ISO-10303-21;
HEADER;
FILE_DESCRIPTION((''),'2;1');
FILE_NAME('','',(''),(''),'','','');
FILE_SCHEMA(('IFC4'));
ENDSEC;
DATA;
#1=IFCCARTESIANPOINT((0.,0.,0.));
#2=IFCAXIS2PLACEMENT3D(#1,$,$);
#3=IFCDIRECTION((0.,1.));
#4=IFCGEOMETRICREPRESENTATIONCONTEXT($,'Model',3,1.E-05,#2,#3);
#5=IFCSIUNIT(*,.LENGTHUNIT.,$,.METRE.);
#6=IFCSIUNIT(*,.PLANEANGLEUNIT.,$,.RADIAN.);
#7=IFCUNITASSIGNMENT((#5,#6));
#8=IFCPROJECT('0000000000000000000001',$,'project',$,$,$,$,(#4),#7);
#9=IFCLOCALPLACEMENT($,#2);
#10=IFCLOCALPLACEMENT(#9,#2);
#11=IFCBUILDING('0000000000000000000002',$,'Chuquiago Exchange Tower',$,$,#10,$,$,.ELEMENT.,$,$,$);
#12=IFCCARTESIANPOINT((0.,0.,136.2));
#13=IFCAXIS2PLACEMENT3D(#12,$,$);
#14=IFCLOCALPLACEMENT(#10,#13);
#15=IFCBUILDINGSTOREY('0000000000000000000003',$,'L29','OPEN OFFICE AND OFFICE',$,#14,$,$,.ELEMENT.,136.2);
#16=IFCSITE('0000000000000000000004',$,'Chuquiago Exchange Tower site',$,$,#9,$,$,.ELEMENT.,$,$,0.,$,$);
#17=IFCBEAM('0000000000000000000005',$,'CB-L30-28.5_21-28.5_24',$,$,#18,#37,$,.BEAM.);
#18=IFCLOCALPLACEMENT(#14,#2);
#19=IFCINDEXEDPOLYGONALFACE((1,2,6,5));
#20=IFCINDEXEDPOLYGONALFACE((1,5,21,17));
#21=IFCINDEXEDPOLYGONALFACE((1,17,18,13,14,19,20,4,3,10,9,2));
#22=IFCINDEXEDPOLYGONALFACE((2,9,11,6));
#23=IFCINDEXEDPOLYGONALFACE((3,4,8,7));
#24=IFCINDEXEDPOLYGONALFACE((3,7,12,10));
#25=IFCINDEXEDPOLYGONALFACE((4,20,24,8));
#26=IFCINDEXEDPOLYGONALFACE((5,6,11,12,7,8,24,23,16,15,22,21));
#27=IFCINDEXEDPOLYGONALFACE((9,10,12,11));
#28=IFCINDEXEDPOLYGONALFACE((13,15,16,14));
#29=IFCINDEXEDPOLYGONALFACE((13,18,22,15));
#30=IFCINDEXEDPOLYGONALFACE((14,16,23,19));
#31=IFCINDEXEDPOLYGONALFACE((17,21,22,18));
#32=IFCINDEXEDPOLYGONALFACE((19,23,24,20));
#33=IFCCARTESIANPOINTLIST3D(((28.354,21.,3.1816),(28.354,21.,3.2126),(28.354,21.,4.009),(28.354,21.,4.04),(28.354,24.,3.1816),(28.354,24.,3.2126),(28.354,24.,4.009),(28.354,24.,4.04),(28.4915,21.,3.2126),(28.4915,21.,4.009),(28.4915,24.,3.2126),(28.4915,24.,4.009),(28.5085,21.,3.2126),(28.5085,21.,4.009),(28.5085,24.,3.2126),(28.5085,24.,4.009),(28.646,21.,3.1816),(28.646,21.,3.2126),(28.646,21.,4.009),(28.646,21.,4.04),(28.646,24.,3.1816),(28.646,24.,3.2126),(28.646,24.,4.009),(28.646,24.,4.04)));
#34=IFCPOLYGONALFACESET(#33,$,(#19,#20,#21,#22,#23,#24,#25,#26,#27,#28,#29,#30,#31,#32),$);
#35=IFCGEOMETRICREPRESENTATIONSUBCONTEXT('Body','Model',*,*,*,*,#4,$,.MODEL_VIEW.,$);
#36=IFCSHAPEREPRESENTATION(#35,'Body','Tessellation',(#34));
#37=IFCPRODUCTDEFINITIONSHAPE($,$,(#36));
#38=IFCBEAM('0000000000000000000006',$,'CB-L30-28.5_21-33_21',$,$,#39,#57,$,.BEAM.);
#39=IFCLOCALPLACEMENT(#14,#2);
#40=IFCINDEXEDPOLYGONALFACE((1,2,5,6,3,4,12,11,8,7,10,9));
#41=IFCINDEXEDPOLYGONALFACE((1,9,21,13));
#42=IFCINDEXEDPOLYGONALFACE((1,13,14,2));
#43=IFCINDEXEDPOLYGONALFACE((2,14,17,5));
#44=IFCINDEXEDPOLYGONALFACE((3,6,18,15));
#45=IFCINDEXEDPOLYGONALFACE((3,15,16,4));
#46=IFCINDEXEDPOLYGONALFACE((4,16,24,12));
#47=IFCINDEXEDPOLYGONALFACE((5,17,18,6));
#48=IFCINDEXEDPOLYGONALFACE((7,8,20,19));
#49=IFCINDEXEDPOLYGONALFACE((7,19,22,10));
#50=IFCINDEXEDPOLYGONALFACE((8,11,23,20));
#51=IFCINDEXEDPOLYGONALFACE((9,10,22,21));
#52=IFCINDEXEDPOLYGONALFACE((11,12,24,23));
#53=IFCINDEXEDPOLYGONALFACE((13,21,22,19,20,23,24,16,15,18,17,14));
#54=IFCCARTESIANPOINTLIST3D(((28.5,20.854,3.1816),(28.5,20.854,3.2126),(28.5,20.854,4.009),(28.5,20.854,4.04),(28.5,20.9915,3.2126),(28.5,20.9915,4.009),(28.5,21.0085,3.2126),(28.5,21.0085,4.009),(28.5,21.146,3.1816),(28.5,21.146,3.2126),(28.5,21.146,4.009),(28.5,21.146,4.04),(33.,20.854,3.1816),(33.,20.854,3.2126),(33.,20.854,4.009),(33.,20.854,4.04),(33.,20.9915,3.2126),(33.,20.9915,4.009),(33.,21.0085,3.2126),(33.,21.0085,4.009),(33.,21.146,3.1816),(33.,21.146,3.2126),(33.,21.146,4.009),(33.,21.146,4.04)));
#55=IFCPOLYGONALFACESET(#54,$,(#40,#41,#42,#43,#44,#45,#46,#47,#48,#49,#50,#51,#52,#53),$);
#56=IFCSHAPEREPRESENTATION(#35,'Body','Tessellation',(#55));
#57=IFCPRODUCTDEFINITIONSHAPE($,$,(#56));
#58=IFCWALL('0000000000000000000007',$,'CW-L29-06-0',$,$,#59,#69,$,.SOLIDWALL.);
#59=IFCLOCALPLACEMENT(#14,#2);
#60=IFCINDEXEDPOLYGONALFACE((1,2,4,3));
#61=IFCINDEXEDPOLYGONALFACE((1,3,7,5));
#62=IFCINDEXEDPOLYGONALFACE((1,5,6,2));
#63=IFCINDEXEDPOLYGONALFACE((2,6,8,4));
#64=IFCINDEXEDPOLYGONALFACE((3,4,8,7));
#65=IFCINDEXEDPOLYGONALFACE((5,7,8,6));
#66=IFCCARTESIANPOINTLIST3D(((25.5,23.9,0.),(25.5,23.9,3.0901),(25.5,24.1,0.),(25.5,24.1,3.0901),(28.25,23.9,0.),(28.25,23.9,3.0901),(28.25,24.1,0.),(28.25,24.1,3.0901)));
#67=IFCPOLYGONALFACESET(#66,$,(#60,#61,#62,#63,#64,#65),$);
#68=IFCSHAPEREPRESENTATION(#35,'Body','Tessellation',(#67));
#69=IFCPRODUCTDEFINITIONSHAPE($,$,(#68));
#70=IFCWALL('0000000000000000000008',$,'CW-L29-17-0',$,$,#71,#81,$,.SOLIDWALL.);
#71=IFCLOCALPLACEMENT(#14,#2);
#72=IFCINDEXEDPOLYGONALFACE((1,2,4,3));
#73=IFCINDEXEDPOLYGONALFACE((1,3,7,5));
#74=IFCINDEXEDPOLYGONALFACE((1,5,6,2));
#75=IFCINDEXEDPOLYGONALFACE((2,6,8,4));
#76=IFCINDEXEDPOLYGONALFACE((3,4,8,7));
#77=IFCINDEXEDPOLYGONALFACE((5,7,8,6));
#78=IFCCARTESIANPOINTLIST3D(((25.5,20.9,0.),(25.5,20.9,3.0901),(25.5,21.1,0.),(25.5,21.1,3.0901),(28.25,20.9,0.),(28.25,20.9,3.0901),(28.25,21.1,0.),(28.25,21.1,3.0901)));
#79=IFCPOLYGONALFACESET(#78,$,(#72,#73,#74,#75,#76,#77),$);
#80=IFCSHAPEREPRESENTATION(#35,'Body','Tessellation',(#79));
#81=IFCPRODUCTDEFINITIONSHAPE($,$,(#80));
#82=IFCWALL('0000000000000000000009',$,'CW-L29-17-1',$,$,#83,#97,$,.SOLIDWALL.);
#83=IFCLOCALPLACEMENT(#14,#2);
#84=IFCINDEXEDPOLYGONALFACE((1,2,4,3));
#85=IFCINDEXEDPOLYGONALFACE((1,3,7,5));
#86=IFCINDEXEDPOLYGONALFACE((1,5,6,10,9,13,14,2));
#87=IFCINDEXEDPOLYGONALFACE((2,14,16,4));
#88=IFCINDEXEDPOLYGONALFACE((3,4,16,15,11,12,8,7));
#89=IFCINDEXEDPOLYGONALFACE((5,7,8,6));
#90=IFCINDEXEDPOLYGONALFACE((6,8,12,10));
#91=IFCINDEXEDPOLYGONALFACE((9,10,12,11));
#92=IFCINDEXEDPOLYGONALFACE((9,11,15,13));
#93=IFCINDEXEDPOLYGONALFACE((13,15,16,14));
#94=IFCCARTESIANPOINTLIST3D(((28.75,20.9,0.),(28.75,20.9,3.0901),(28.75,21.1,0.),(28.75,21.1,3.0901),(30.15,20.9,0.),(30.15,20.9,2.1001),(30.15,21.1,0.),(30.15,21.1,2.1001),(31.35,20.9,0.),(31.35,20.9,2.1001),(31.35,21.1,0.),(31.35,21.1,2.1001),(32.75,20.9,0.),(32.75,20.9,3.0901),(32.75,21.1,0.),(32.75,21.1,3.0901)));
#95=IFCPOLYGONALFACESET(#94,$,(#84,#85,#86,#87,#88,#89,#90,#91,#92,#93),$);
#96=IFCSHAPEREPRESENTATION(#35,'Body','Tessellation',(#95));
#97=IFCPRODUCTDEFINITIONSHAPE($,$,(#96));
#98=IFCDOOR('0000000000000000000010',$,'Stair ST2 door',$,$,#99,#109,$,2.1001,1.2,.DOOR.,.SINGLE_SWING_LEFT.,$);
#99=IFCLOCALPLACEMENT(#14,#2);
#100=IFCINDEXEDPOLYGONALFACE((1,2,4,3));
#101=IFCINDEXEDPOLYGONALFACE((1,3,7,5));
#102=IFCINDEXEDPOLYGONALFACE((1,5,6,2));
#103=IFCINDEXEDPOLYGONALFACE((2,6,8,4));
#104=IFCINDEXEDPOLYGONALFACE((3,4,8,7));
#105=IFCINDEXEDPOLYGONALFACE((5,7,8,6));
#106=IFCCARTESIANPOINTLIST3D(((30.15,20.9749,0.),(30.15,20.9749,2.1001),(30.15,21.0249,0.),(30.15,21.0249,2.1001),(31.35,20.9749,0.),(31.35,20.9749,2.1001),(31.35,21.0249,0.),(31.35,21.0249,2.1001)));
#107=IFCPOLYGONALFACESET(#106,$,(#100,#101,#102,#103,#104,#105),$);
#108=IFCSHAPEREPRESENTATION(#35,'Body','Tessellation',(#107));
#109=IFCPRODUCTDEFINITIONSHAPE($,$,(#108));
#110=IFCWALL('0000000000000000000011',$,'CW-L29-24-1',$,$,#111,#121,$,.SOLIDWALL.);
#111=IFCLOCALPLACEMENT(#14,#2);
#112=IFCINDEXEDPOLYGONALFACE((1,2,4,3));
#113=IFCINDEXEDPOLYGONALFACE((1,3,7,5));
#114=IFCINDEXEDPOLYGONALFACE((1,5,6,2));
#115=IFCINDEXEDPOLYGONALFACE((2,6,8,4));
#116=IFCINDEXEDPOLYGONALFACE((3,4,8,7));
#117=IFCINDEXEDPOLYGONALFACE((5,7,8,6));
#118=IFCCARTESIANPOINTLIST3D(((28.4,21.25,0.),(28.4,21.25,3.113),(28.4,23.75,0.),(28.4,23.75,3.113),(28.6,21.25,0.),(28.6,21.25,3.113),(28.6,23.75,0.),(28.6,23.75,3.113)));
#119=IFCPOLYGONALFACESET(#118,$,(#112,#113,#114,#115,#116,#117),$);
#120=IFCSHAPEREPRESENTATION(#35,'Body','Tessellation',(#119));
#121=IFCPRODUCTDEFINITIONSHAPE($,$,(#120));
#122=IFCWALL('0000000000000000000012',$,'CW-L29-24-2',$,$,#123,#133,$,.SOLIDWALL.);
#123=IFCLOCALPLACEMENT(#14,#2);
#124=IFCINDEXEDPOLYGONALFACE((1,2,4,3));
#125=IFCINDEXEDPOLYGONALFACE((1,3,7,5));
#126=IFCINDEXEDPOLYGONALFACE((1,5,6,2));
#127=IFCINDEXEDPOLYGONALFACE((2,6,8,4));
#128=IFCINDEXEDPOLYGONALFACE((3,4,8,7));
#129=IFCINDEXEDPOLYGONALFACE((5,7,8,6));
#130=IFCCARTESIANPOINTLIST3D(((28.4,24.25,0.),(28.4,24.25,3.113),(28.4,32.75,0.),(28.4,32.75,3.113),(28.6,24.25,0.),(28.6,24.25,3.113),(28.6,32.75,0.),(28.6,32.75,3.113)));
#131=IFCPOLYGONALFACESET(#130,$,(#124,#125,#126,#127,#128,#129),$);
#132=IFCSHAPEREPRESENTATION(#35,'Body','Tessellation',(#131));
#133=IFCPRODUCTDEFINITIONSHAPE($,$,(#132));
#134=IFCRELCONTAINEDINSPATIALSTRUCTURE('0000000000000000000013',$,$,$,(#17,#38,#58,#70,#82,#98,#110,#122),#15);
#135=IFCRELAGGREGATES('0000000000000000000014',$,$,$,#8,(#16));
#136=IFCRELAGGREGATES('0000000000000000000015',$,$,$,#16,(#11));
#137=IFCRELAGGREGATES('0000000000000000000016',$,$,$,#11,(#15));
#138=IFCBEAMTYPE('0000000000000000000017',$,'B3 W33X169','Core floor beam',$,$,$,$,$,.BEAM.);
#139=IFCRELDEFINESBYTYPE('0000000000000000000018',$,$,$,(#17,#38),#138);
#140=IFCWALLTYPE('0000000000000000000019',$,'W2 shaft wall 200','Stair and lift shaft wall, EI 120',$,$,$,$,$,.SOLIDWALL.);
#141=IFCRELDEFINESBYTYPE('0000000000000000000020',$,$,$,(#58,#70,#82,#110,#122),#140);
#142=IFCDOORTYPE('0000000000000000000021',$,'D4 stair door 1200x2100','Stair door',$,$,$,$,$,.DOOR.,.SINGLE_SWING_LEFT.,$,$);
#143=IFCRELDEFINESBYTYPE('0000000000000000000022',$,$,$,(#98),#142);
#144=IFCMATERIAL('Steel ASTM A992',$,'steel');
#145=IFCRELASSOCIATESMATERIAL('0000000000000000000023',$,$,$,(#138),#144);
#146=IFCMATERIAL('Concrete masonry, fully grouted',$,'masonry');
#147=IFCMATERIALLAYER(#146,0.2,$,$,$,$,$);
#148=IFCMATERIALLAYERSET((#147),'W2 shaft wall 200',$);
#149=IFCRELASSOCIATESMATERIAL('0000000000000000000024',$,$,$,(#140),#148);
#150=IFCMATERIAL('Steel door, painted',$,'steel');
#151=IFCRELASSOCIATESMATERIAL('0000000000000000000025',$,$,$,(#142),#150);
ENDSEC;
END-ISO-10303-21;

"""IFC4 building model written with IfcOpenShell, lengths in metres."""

from ifc_helpers import new_model, si_unit, direction, frame, frame_2d, origin, origin_2d, place, context, subcontext, project, spatial, rectangle, i_section, extrude, material, layer, layer_set, material_profile, profile_set, type_object, element, fill, save


model = new_model("IFC4")

# Units and contexts
model_context = context("Model", 3, precision=1e-05, world=origin(), true_north=direction((0.0, 1.0)))
body_context = subcontext(model_context, "Body", "Model", "MODEL_VIEW")
ifc_project = project(units=[si_unit("LENGTHUNIT", "METRE"), si_unit("PLANEANGLEUNIT", "RADIAN")], contexts=[model_context])

# Site, building, storey
site_placement = place(None, origin())
site = spatial("IfcSite", under=ifc_project, at=site_placement, Name="Chuquiago Exchange Tower site", CompositionType="ELEMENT", RefElevation=0.0)
building_placement = place(site_placement, origin())
building = spatial("IfcBuilding", under=site, at=building_placement, Name="Chuquiago Exchange Tower", CompositionType="ELEMENT")
storey_placement = place(building_placement, frame((0.0, 0.0, 136.2)))
storey = spatial("IfcBuildingStorey", under=building, at=storey_placement, Name="L29", Description="OPEN OFFICE AND OFFICE", CompositionType="ELEMENT", Elevation=136.2)

# Beams
ifc_material_1 = material(Name="Steel ASTM A992", Category="steel")
ifc_material_profile_1 = material_profile(ifc_material_1, i_section(OverallWidth=0.292, OverallDepth=0.8584, WebThickness=0.0171, FlangeThickness=0.031, at=origin_2d()), Name="W33X169")
ifc_profile_set_1 = profile_set([ifc_material_profile_1], Name="Steel ASTM A992")
beam_type_1 = type_object("IfcBeamType", Name="B3 W33X169", Description="Core floor beam", PredefinedType="BEAM", material=ifc_profile_set_1)
beam_1_placement = place(storey_placement, frame((28.5, 21.0, 3.6108), z_axis=(0.0, 1.0, 0.0), x_axis=(-1.0, 0.0, 0.0)))
element("IfcBeam", 1, at=beam_1_placement, inside=storey, type_object=beam_type_1, Name="CB-L30-28.5_21-28.5_24", PredefinedType="BEAM", context=body_context, shape_type="SweptSolid", body=[
    extrude(i_section(OverallWidth=0.292, OverallDepth=0.8584, WebThickness=0.0171, FlangeThickness=0.031, at=origin_2d()), origin(), (0.0, 0.0, 1.0), 3.0),
])
beam_2_placement = place(storey_placement, frame((28.5, 21.0, 3.6108), z_axis=(1.0, 0.0, 0.0), x_axis=(0.0, 1.0, 0.0)))
element("IfcBeam", 2, at=beam_2_placement, inside=storey, type_object=beam_type_1, Name="CB-L30-28.5_21-33_21", PredefinedType="BEAM", context=body_context, shape_type="SweptSolid", body=[
    extrude(i_section(OverallWidth=0.292, OverallDepth=0.8584, WebThickness=0.0171, FlangeThickness=0.031, at=origin_2d()), origin(), (0.0, 0.0, 1.0), 4.5),
])

# Walls
ifc_material_2 = material(Name="Concrete masonry, fully grouted", Category="masonry")
ifc_layer = layer(ifc_material_2, 0.2)
ifc_layer_set = layer_set([ifc_layer], Name="W2 shaft wall 200")
wall_type = type_object("IfcWallType", Name="W2 shaft wall 200", Description="Stair and lift shaft wall, EI 120", PredefinedType="SOLIDWALL", material=ifc_layer_set)
for number, where, z_axis, x_axis, name in (
    (3, (25.5, 24.0, 0.0), (0.0, 0.0, 1.0), (1.0, 0.0, 0.0), "CW-L29-06-0"),
    (4, (25.5, 21.0, 0.0), (0.0, 0.0, 1.0), (1.0, 0.0, 0.0), "CW-L29-17-0"),
):
    element("IfcWall", number, at=place(storey_placement, frame(where, z_axis=z_axis, x_axis=x_axis)), inside=storey, type_object=wall_type, Name=name, PredefinedType="SOLIDWALL", context=body_context, shape_type="SweptSolid", body=[
        extrude(rectangle(XDim=2.75, YDim=0.2, at=frame_2d((1.375, 0.0))), origin(), (0.0, 0.0, 1.0), 3.0901),
    ])

# Wall, opening, door
wall_1_placement = place(storey_placement, frame((28.75, 21.0, 0.0), z_axis=(0.0, 0.0, 1.0), x_axis=(1.0, 0.0, 0.0)))
wall_1 = element("IfcWall", 5, at=wall_1_placement, inside=storey, type_object=wall_type, Name="CW-L29-17-1", PredefinedType="SOLIDWALL", context=body_context, shape_type="SweptSolid", body=[
    extrude(rectangle(XDim=4.0, YDim=0.2, at=frame_2d((2.0, 0.0))), origin(), (0.0, 0.0, 1.0), 3.0901),
])
opening_placement = place(wall_1_placement, frame((1.3999, 0.0, 0.0)))
opening = element("IfcOpeningElement", 6, at=opening_placement, cuts=wall_1, PredefinedType="OPENING", context=body_context, shape_type="SweptSolid", body=[
    extrude(rectangle(XDim=1.2, YDim=2.1001, at=frame_2d((0.6001, 1.05))), frame((0.0, 0.1099, 0.0), z_axis=(0.0, -1.0, 0.0), x_axis=(1.0, 0.0, 0.0)), (0.0, 0.0, 1.0), 0.22),
])
ifc_material_3 = material(Name="Steel door, painted", Category="steel")
door_type = type_object("IfcDoorType", Name="D4 stair door 1200x2100", Description="Stair door", OperationType="SINGLE_SWING_LEFT", PredefinedType="DOOR", material=ifc_material_3)
door_placement = place(opening_placement, origin())
door = element("IfcDoor", 7, at=door_placement, inside=storey, type_object=door_type, Name="Stair ST2 door", OperationType="SINGLE_SWING_LEFT", OverallHeight=2.1001, OverallWidth=1.2, PredefinedType="DOOR", context=body_context, shape_type="SweptSolid", body=[
    extrude(rectangle(XDim=1.2, YDim=2.1001, at=frame_2d((0.6001, 1.05))), frame((0.0, 0.0249, 0.0), z_axis=(0.0, -1.0, 0.0), x_axis=(1.0, 0.0, 0.0)), (0.0, 0.0, 1.0), 0.05),
])
fill(opening, door)

# Walls
wall_2_placement = place(storey_placement, frame((28.5, 21.25, 0.0), z_axis=(0.0, 0.0, 1.0), x_axis=(0.0, 1.0, 0.0)))
element("IfcWall", 8, at=wall_2_placement, inside=storey, type_object=wall_type, Name="CW-L29-24-1", PredefinedType="SOLIDWALL", context=body_context, shape_type="SweptSolid", body=[
    extrude(rectangle(XDim=2.5, YDim=0.2, at=frame_2d((1.25, 0.0))), origin(), (0.0, 0.0, 1.0), 3.113),
])
wall_3_placement = place(storey_placement, frame((28.5, 24.25, 0.0), z_axis=(0.0, 0.0, 1.0), x_axis=(0.0, 1.0, 0.0)))
element("IfcWall", 9, at=wall_3_placement, inside=storey, type_object=wall_type, Name="CW-L29-24-2", PredefinedType="SOLIDWALL", context=body_context, shape_type="SweptSolid", body=[
    extrude(rectangle(XDim=8.5, YDim=0.2, at=frame_2d((4.25, 0.0))), origin(), (0.0, 0.0, 1.0), 3.113),
])

save(model, "model.ifc")
